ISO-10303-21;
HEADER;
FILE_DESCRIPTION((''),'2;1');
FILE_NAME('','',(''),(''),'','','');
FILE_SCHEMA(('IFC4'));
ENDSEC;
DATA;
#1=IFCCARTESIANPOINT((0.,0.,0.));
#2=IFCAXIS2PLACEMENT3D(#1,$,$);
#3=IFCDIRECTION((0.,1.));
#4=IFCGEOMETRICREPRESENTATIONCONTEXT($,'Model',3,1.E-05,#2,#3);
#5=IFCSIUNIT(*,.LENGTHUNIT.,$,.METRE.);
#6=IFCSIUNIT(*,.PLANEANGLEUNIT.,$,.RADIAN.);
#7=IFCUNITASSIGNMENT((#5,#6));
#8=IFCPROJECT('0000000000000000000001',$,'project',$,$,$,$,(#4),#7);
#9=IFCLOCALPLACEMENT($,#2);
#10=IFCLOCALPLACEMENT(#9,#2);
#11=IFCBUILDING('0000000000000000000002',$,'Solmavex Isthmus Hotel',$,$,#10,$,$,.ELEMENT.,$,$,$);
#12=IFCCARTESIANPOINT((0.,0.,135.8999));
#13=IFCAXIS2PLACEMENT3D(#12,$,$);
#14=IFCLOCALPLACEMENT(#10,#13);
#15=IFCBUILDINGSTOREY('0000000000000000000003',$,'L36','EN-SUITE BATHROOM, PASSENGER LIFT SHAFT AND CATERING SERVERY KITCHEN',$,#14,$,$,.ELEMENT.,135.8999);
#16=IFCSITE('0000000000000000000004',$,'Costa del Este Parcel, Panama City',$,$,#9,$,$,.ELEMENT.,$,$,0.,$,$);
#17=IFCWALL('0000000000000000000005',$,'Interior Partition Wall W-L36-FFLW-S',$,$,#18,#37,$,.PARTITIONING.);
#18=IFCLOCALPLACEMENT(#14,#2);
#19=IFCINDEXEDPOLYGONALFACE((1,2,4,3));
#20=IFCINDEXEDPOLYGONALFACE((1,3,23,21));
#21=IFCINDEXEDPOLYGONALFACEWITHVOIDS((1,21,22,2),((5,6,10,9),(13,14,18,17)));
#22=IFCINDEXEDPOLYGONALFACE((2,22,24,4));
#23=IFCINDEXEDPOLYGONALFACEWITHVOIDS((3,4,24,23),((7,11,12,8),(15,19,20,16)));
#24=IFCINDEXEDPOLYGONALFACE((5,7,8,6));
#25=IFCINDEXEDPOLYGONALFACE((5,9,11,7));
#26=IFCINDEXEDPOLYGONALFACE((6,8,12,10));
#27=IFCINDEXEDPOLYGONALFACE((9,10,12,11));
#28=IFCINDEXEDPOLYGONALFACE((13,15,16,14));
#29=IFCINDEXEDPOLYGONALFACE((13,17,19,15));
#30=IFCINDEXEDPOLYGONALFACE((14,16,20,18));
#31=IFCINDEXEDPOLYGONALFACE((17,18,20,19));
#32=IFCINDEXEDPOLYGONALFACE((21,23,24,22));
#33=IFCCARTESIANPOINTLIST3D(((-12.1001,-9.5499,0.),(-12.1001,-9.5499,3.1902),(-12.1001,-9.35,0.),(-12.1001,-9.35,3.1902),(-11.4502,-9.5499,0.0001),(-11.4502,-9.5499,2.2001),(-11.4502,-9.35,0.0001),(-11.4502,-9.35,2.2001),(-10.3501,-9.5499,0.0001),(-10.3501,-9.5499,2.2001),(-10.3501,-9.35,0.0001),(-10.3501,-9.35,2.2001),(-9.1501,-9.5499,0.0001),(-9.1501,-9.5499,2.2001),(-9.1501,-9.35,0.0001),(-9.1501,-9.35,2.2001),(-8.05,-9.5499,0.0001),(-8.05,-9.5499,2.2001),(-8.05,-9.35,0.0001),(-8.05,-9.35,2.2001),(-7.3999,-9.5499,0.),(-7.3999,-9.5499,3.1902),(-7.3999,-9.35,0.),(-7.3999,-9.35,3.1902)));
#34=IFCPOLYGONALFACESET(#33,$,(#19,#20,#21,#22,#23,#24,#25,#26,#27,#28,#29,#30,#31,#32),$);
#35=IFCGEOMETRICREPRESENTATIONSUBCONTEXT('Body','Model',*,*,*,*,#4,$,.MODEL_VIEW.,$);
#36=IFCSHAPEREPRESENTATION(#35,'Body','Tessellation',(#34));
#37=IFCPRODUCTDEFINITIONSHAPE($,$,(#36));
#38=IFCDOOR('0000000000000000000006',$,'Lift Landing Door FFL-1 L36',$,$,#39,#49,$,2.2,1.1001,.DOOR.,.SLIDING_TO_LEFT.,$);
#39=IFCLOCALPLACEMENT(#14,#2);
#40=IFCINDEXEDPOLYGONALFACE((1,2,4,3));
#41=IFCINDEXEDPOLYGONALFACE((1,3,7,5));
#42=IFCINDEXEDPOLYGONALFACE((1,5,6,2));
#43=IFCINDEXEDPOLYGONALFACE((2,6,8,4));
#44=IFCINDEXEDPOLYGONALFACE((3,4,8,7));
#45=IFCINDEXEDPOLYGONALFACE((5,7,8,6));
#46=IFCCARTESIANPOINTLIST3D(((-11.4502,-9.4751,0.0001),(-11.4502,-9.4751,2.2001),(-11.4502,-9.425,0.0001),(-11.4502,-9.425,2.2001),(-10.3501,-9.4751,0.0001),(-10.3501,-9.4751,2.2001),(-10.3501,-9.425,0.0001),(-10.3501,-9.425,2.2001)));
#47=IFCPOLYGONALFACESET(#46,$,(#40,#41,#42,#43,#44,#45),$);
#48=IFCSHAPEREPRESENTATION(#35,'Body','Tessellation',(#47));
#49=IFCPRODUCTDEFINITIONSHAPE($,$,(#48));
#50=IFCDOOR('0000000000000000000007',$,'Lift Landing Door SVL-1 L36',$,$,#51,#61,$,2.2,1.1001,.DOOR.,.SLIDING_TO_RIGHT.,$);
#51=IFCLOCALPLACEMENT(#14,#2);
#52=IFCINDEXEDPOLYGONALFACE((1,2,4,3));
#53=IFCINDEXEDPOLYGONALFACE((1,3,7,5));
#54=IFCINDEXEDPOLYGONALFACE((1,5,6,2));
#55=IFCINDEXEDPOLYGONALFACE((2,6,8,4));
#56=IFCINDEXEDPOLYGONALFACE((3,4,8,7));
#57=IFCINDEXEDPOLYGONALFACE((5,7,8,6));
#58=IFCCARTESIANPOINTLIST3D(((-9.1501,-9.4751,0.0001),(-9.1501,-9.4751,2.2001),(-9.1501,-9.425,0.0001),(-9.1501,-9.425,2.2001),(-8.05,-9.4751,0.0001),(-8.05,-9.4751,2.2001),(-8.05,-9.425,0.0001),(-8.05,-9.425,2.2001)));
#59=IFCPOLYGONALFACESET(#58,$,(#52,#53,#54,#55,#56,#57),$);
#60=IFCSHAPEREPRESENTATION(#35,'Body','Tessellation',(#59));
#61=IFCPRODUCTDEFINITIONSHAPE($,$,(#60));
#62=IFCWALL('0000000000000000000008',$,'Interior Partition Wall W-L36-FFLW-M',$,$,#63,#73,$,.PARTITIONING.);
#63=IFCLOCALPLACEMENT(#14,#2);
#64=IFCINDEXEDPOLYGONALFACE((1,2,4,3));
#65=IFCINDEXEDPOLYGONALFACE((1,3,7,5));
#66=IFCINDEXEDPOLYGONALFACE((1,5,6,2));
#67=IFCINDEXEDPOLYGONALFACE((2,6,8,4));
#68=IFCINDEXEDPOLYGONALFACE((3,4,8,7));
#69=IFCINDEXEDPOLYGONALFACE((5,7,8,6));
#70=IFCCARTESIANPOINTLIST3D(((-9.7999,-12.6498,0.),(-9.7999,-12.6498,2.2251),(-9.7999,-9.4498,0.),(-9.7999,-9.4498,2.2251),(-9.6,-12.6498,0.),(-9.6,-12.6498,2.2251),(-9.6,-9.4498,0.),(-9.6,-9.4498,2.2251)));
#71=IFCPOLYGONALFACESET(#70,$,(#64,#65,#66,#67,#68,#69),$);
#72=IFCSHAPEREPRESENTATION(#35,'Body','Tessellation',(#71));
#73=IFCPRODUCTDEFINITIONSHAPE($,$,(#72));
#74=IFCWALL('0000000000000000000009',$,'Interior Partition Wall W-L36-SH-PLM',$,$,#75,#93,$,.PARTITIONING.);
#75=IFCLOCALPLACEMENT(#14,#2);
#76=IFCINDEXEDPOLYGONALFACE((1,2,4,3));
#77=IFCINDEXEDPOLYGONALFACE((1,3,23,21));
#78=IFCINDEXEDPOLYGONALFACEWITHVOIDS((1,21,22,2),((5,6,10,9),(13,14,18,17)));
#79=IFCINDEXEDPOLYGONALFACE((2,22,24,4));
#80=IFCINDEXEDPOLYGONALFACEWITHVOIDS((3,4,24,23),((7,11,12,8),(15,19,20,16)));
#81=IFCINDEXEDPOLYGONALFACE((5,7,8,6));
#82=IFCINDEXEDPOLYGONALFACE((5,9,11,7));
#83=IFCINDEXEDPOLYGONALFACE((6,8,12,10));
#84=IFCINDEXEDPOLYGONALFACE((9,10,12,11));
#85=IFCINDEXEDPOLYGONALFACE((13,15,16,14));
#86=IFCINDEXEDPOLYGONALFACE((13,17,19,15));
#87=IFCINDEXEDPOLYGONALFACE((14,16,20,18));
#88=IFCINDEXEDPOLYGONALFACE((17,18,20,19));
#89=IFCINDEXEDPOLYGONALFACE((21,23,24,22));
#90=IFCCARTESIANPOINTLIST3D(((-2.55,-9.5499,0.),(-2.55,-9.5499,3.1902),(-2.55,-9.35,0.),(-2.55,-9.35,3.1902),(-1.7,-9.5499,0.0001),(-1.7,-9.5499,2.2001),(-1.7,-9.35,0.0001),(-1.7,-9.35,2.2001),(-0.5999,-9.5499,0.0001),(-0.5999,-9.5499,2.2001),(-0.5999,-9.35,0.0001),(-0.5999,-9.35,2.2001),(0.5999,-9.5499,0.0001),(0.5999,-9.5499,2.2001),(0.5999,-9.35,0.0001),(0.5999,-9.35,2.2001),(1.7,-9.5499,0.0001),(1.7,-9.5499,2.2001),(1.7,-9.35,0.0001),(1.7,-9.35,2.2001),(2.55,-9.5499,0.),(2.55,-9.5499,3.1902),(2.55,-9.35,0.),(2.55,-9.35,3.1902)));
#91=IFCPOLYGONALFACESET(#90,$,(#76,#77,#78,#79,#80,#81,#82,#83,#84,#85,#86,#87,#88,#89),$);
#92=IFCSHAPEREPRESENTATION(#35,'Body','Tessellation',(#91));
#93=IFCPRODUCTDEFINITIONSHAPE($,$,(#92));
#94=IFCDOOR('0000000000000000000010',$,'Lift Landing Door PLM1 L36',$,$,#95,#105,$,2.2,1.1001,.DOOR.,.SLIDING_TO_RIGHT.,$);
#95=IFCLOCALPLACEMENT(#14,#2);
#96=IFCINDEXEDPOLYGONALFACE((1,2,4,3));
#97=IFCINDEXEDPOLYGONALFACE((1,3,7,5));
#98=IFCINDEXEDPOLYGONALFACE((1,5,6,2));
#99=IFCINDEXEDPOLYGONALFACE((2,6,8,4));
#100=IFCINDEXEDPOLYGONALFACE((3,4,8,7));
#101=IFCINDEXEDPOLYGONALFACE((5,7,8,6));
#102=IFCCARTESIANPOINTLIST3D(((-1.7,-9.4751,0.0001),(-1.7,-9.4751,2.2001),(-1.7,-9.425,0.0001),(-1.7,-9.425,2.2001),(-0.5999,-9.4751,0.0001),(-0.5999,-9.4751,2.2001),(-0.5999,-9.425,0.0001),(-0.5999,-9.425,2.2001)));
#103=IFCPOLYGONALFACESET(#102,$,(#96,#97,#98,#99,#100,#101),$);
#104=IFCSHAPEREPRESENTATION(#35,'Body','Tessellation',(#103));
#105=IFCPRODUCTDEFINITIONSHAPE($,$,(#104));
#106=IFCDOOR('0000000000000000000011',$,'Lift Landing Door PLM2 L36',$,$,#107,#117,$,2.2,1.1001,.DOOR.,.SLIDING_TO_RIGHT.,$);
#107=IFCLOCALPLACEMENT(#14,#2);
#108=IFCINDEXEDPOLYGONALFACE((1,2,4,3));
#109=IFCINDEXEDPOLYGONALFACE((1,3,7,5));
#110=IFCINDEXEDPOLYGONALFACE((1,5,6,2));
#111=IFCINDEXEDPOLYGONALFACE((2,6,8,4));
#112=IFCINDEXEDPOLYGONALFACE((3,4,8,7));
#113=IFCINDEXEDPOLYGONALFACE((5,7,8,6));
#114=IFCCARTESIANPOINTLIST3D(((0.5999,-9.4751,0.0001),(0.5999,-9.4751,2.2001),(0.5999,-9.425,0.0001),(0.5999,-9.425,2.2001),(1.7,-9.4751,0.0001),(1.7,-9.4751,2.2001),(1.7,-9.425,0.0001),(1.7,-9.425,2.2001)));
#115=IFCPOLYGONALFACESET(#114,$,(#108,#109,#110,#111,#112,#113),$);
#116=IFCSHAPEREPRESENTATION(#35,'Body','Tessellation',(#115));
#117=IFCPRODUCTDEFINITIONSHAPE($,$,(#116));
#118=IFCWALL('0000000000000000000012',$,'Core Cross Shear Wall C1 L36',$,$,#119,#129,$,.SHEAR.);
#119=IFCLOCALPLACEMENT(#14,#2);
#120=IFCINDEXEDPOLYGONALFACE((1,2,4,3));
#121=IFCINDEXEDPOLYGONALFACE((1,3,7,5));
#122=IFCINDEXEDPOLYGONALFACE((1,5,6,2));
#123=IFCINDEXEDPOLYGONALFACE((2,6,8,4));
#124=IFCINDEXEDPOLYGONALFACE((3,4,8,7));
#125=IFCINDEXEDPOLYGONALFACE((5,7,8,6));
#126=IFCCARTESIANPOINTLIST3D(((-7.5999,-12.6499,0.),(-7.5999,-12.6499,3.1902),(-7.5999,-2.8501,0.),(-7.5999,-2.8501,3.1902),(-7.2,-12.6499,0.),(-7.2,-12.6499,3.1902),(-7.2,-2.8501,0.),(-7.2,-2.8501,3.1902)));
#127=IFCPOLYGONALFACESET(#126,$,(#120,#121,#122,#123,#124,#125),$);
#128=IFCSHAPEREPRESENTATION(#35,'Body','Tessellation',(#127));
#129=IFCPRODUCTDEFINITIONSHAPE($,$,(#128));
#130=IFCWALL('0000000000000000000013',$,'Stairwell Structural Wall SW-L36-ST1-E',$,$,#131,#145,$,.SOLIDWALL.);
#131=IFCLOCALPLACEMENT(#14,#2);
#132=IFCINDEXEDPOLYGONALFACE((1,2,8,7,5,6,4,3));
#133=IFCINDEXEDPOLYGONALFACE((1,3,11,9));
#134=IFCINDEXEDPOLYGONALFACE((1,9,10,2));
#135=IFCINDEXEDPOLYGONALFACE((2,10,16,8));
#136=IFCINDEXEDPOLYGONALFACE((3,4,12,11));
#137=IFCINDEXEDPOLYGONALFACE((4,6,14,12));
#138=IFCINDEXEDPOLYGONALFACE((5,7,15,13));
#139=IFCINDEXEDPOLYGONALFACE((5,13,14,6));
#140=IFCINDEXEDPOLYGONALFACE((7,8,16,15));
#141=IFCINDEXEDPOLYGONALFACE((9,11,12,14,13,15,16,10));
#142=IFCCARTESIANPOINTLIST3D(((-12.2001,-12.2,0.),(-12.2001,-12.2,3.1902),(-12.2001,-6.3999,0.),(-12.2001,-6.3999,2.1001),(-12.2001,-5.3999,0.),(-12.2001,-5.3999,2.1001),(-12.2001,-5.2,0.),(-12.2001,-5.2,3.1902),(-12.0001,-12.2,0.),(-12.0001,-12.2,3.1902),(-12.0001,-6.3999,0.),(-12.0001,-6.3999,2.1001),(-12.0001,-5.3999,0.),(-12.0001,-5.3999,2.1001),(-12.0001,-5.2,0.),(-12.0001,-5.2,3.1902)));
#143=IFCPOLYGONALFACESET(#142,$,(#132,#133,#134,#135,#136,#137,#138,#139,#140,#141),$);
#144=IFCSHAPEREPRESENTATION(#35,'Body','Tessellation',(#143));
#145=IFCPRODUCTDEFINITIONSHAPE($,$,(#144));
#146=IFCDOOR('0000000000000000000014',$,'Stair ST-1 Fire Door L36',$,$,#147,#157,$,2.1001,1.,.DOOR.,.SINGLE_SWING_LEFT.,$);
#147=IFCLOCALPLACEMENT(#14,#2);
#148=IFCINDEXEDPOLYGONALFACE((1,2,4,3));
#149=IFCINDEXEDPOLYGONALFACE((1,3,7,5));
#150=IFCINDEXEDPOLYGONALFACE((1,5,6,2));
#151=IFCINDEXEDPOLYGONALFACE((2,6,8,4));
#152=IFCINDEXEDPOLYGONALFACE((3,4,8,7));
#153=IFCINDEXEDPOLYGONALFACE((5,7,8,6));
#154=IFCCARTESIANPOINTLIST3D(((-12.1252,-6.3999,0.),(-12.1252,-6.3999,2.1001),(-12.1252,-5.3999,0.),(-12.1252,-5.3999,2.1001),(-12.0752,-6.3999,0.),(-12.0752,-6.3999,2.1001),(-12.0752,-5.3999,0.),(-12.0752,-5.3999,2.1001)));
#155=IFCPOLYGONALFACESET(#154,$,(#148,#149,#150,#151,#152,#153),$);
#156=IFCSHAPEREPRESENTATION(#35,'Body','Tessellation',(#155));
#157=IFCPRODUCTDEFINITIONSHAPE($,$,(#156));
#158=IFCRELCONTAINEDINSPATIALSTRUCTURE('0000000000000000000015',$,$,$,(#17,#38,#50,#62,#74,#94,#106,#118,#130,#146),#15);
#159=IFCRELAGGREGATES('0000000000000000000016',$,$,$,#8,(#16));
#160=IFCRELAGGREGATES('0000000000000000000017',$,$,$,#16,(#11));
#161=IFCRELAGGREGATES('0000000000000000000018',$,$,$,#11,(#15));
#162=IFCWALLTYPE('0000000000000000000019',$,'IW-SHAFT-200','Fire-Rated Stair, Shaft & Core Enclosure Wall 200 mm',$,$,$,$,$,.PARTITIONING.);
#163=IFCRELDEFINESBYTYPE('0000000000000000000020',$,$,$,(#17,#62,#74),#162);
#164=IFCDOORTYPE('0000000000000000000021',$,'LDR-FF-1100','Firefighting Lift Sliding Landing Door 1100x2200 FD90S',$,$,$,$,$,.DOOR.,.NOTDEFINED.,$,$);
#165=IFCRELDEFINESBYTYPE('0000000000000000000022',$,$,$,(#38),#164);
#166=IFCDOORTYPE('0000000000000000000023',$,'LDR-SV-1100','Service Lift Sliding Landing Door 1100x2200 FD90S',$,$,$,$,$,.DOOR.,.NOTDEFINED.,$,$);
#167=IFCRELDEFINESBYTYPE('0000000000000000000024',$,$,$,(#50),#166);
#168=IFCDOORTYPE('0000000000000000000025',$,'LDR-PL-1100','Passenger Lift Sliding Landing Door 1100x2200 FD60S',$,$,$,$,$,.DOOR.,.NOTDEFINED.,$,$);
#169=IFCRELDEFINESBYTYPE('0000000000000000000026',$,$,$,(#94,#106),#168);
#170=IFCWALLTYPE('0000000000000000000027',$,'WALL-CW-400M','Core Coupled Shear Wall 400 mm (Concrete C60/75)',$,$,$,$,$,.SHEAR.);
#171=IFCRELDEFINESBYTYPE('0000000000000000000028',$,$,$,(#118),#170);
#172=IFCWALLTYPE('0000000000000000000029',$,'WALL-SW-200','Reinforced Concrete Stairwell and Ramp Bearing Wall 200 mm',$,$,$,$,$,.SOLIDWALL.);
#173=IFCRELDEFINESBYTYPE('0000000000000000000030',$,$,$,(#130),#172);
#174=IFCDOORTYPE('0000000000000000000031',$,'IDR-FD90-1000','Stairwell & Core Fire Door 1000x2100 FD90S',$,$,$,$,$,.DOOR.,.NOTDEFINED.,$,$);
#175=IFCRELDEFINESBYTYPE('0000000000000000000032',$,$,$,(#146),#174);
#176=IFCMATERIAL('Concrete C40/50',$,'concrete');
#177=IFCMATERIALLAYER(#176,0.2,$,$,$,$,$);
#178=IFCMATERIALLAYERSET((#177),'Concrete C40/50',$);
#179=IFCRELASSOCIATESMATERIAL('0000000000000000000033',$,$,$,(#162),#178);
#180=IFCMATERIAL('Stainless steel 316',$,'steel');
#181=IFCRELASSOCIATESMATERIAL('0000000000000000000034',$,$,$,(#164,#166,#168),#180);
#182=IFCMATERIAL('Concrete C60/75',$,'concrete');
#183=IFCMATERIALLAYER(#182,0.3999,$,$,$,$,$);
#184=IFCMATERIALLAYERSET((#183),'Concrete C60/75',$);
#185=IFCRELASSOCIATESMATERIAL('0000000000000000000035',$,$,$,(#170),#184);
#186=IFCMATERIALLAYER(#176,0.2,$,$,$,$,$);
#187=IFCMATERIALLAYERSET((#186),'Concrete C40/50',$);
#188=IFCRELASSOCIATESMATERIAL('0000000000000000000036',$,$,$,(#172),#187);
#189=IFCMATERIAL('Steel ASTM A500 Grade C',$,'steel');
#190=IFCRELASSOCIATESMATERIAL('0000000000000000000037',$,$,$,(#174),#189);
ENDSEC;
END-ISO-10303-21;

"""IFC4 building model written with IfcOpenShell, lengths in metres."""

from ifc_helpers import new_model, si_unit, direction, frame, frame_2d, origin, place, context, subcontext, project, spatial, rectangle, extrude, material, layer, layer_set, type_object, element, fill, save


model = new_model("IFC4")

# Units and contexts
model_context = context("Model", 3, precision=1e-05, world=origin(), true_north=direction((0.0, 1.0)))
body_context = subcontext(model_context, "Body", "Model", "MODEL_VIEW")
ifc_project = project(units=[si_unit("LENGTHUNIT", "METRE"), si_unit("PLANEANGLEUNIT", "RADIAN")], contexts=[model_context])

# Site, building, storey
site_placement = place(None, origin())
site = spatial("IfcSite", under=ifc_project, at=site_placement, Name="Costa del Este Parcel, Panama City", CompositionType="ELEMENT", RefElevation=0.0)
building_placement = place(site_placement, origin())
building = spatial("IfcBuilding", under=site, at=building_placement, Name="Solmavex Isthmus Hotel", CompositionType="ELEMENT")
storey_placement = place(building_placement, frame((0.0, 0.0, 135.8999)))
storey = spatial("IfcBuildingStorey", under=building, at=storey_placement, Name="L36", Description="EN-SUITE BATHROOM, PASSENGER LIFT SHAFT AND CATERING SERVERY KITCHEN", CompositionType="ELEMENT", Elevation=135.8999)

# Shared definitions
ifc_material_1 = material(Name="Concrete C60/75", Category="concrete")

# Shared definitions
ifc_material_2 = material(Name="Steel ASTM A500 Grade C", Category="steel")

# Shared definitions
ifc_material_3 = material(Name="Concrete C40/50", Category="concrete")

# Shared definitions
ifc_layer_1 = layer(ifc_material_3, 0.2)
ifc_layer_set_1 = layer_set([ifc_layer_1], Name="Concrete C40/50")
wall_type_1 = type_object("IfcWallType", Name="IW-SHAFT-200", Description="Fire-Rated Stair, Shaft & Core Enclosure Wall 200 mm", PredefinedType="PARTITIONING", material=ifc_layer_set_1)

# Wall, openings, doors
wall_1_placement = place(storey_placement, frame((-12.1001, -9.45, 0.0), z_axis=(0.0, 0.0, 1.0), x_axis=(1.0, 0.0, 0.0)))
wall_1 = element("IfcWall", 1, at=wall_1_placement, inside=storey, type_object=wall_type_1, Name="Interior Partition Wall W-L36-FFLW-S", PredefinedType="PARTITIONING", context=body_context, shape_type="SweptSolid", body=[
    extrude(rectangle(XDim=4.7002, YDim=0.2, at=frame_2d((2.3501, 0.0))), origin(), (0.0, 0.0, 1.0), 3.1902),
])
opening_1_placement = place(wall_1_placement, frame((0.6499, 0.0, 0.0)))
opening_1 = element("IfcOpeningElement", 2, at=opening_1_placement, cuts=wall_1, PredefinedType="OPENING", context=body_context, shape_type="SweptSolid", body=[
    extrude(rectangle(XDim=1.1001, YDim=2.2, at=frame_2d((0.55, 1.1001))), frame((0.0, 0.1099, 0.0), z_axis=(0.0, -1.0, 0.0), x_axis=(1.0, 0.0, 0.0)), (0.0, 0.0, 1.0), 0.22),
])
opening_2_placement = place(wall_1_placement, frame((2.95, 0.0, 0.0)))
opening_2 = element("IfcOpeningElement", 3, at=opening_2_placement, cuts=wall_1, PredefinedType="OPENING", context=body_context, shape_type="SweptSolid", body=[
    extrude(rectangle(XDim=1.1001, YDim=2.2, at=frame_2d((0.55, 1.1001))), frame((0.0, 0.1099, 0.0), z_axis=(0.0, -1.0, 0.0), x_axis=(1.0, 0.0, 0.0)), (0.0, 0.0, 1.0), 0.22),
])
ifc_material_4 = material(Name="Stainless steel 316", Category="steel")
door_type_1 = type_object("IfcDoorType", Name="LDR-FF-1100", Description="Firefighting Lift Sliding Landing Door 1100x2200 FD90S", OperationType="NOTDEFINED", PredefinedType="DOOR", material=ifc_material_4)
door_1_placement = place(opening_1_placement, origin())
door_1 = element("IfcDoor", 4, at=door_1_placement, inside=storey, type_object=door_type_1, Name="Lift Landing Door FFL-1 L36", OperationType="SLIDING_TO_LEFT", OverallHeight=2.2, OverallWidth=1.1001, PredefinedType="DOOR", context=body_context, shape_type="SweptSolid", body=[
    extrude(rectangle(XDim=1.1001, YDim=2.2, at=frame_2d((0.55, 1.1001))), frame((0.0, 0.0249, 0.0), z_axis=(0.0, -1.0, 0.0), x_axis=(1.0, 0.0, 0.0)), (0.0, 0.0, 1.0), 0.05),
])
fill(opening_1, door_1)
door_type_2 = type_object("IfcDoorType", Name="LDR-SV-1100", Description="Service Lift Sliding Landing Door 1100x2200 FD90S", OperationType="NOTDEFINED", PredefinedType="DOOR", material=ifc_material_4)
door_2_placement = place(opening_2_placement, origin())
door_2 = element("IfcDoor", 5, at=door_2_placement, inside=storey, type_object=door_type_2, Name="Lift Landing Door SVL-1 L36", OperationType="SLIDING_TO_RIGHT", OverallHeight=2.2, OverallWidth=1.1001, PredefinedType="DOOR", context=body_context, shape_type="SweptSolid", body=[
    extrude(rectangle(XDim=1.1001, YDim=2.2, at=frame_2d((0.55, 1.1001))), frame((0.0, 0.0249, 0.0), z_axis=(0.0, -1.0, 0.0), x_axis=(1.0, 0.0, 0.0)), (0.0, 0.0, 1.0), 0.05),
])
fill(opening_2, door_2)

# Wall
wall_2_placement = place(storey_placement, frame((-9.7, -12.6499, 0.0), z_axis=(0.0, 0.0, 1.0), x_axis=(0.0, 1.0, 0.0)))
element("IfcWall", 6, at=wall_2_placement, inside=storey, type_object=wall_type_1, Name="Interior Partition Wall W-L36-FFLW-M", PredefinedType="PARTITIONING", context=body_context, shape_type="SweptSolid", body=[
    extrude(rectangle(XDim=3.2, YDim=0.2, at=frame_2d((1.6001, 0.0))), origin(), (0.0, 0.0, 1.0), 2.2251),
])

# Wall, openings, doors
wall_3_placement = place(storey_placement, frame((-2.55, -9.45, 0.0), z_axis=(0.0, 0.0, 1.0), x_axis=(1.0, 0.0, 0.0)))
wall_3 = element("IfcWall", 7, at=wall_3_placement, inside=storey, type_object=wall_type_1, Name="Interior Partition Wall W-L36-SH-PLM", PredefinedType="PARTITIONING", context=body_context, shape_type="SweptSolid", body=[
    extrude(rectangle(XDim=5.1001, YDim=0.2, at=frame_2d((2.55, 0.0))), origin(), (0.0, 0.0, 1.0), 3.1902),
])
opening_3_placement = place(wall_3_placement, frame((0.8501, 0.0, 0.0)))
opening_3 = element("IfcOpeningElement", 8, at=opening_3_placement, cuts=wall_3, PredefinedType="OPENING", context=body_context, shape_type="SweptSolid", body=[
    extrude(rectangle(XDim=1.1001, YDim=2.2, at=frame_2d((0.55, 1.1001))), frame((0.0, 0.1099, 0.0), z_axis=(0.0, -1.0, 0.0), x_axis=(1.0, 0.0, 0.0)), (0.0, 0.0, 1.0), 0.22),
])
opening_4_placement = place(wall_3_placement, frame((3.1499, 0.0, 0.0)))
opening_4 = element("IfcOpeningElement", 9, at=opening_4_placement, cuts=wall_3, PredefinedType="OPENING", context=body_context, shape_type="SweptSolid", body=[
    extrude(rectangle(XDim=1.1001, YDim=2.2, at=frame_2d((0.55, 1.1001))), frame((0.0, 0.1099, 0.0), z_axis=(0.0, -1.0, 0.0), x_axis=(1.0, 0.0, 0.0)), (0.0, 0.0, 1.0), 0.22),
])
door_type_3 = type_object("IfcDoorType", Name="LDR-PL-1100", Description="Passenger Lift Sliding Landing Door 1100x2200 FD60S", OperationType="NOTDEFINED", PredefinedType="DOOR", material=ifc_material_4)
door_3_placement = place(opening_3_placement, origin())
door_3 = element("IfcDoor", 10, at=door_3_placement, inside=storey, type_object=door_type_3, Name="Lift Landing Door PLM1 L36", OperationType="SLIDING_TO_RIGHT", OverallHeight=2.2, OverallWidth=1.1001, PredefinedType="DOOR", context=body_context, shape_type="SweptSolid", body=[
    extrude(rectangle(XDim=1.1001, YDim=2.2, at=frame_2d((0.55, 1.1001))), frame((0.0, 0.0249, 0.0), z_axis=(0.0, -1.0, 0.0), x_axis=(1.0, 0.0, 0.0)), (0.0, 0.0, 1.0), 0.05),
])
fill(opening_3, door_3)
door_4_placement = place(opening_4_placement, origin())
door_4 = element("IfcDoor", 11, at=door_4_placement, inside=storey, type_object=door_type_3, Name="Lift Landing Door PLM2 L36", OperationType="SLIDING_TO_RIGHT", OverallHeight=2.2, OverallWidth=1.1001, PredefinedType="DOOR", context=body_context, shape_type="SweptSolid", body=[
    extrude(rectangle(XDim=1.1001, YDim=2.2, at=frame_2d((0.55, 1.1001))), frame((0.0, 0.0249, 0.0), z_axis=(0.0, -1.0, 0.0), x_axis=(1.0, 0.0, 0.0)), (0.0, 0.0, 1.0), 0.05),
])
fill(opening_4, door_4)

# Wall
ifc_layer_2 = layer(ifc_material_1, 0.3999)
ifc_layer_set_2 = layer_set([ifc_layer_2], Name="Concrete C60/75")
wall_type_2 = type_object("IfcWallType", Name="WALL-CW-400M", Description="Core Coupled Shear Wall 400 mm (Concrete C60/75)", PredefinedType="SHEAR", material=ifc_layer_set_2)
wall_4_placement = place(storey_placement, frame((-7.3999, -12.6499, 0.0), z_axis=(0.0, 0.0, 1.0), x_axis=(0.0, 1.0, 0.0)))
element("IfcWall", 12, at=wall_4_placement, inside=storey, type_object=wall_type_2, Name="Core Cross Shear Wall C1 L36", PredefinedType="SHEAR", context=body_context, shape_type="SweptSolid", body=[
    extrude(rectangle(XDim=9.7998, YDim=0.3999, at=frame_2d((4.8999, 0.0))), origin(), (0.0, 0.0, 1.0), 3.1902),
])

# Wall, opening, door
ifc_layer_3 = layer(ifc_material_3, 0.2)
ifc_layer_set_3 = layer_set([ifc_layer_3], Name="Concrete C40/50")
wall_type_3 = type_object("IfcWallType", Name="WALL-SW-200", Description="Reinforced Concrete Stairwell and Ramp Bearing Wall 200 mm", PredefinedType="SOLIDWALL", material=ifc_layer_set_3)
wall_5_placement = place(storey_placement, frame((-12.1001, -12.2, 0.0), z_axis=(0.0, 0.0, 1.0), x_axis=(0.0, 1.0, 0.0)))
wall_5 = element("IfcWall", 13, at=wall_5_placement, inside=storey, type_object=wall_type_3, Name="Stairwell Structural Wall SW-L36-ST1-E", PredefinedType="SOLIDWALL", context=body_context, shape_type="SweptSolid", body=[
    extrude(rectangle(XDim=7.0, YDim=0.2, at=frame_2d((3.5, 0.0))), origin(), (0.0, 0.0, 1.0), 3.1902),
])
opening_5_placement = place(wall_5_placement, frame((5.8, 0.0, 0.0)))
opening_5 = element("IfcOpeningElement", 14, at=opening_5_placement, cuts=wall_5, PredefinedType="OPENING", context=body_context, shape_type="SweptSolid", body=[
    extrude(rectangle(XDim=1.0, YDim=2.1001, at=frame_2d((0.5, 1.05))), frame((0.0, 0.1099, 0.0), z_axis=(0.0, -1.0, 0.0), x_axis=(1.0, 0.0, 0.0)), (0.0, 0.0, 1.0), 0.22),
])
door_type_4 = type_object("IfcDoorType", Name="IDR-FD90-1000", Description="Stairwell & Core Fire Door 1000x2100 FD90S", OperationType="NOTDEFINED", PredefinedType="DOOR", material=ifc_material_2)
door_5_placement = place(opening_5_placement, frame((1.0, 0.0, 0.0), z_axis=(0.0, 0.0, 1.0), x_axis=(-1.0, 0.0, 0.0)))
door_5 = element("IfcDoor", 15, at=door_5_placement, inside=storey, type_object=door_type_4, Name="Stair ST-1 Fire Door L36", OperationType="SINGLE_SWING_LEFT", OverallHeight=2.1001, OverallWidth=1.0, PredefinedType="DOOR", context=body_context, shape_type="SweptSolid", body=[
    extrude(rectangle(XDim=1.0, YDim=2.1001, at=frame_2d((0.5, 1.05))), frame((0.0, 0.0249, 0.0), z_axis=(0.0, -1.0, 0.0), x_axis=(1.0, 0.0, 0.0)), (0.0, 0.0, 1.0), 0.05),
])
fill(opening_5, door_5)

save(model, "model.ifc")
